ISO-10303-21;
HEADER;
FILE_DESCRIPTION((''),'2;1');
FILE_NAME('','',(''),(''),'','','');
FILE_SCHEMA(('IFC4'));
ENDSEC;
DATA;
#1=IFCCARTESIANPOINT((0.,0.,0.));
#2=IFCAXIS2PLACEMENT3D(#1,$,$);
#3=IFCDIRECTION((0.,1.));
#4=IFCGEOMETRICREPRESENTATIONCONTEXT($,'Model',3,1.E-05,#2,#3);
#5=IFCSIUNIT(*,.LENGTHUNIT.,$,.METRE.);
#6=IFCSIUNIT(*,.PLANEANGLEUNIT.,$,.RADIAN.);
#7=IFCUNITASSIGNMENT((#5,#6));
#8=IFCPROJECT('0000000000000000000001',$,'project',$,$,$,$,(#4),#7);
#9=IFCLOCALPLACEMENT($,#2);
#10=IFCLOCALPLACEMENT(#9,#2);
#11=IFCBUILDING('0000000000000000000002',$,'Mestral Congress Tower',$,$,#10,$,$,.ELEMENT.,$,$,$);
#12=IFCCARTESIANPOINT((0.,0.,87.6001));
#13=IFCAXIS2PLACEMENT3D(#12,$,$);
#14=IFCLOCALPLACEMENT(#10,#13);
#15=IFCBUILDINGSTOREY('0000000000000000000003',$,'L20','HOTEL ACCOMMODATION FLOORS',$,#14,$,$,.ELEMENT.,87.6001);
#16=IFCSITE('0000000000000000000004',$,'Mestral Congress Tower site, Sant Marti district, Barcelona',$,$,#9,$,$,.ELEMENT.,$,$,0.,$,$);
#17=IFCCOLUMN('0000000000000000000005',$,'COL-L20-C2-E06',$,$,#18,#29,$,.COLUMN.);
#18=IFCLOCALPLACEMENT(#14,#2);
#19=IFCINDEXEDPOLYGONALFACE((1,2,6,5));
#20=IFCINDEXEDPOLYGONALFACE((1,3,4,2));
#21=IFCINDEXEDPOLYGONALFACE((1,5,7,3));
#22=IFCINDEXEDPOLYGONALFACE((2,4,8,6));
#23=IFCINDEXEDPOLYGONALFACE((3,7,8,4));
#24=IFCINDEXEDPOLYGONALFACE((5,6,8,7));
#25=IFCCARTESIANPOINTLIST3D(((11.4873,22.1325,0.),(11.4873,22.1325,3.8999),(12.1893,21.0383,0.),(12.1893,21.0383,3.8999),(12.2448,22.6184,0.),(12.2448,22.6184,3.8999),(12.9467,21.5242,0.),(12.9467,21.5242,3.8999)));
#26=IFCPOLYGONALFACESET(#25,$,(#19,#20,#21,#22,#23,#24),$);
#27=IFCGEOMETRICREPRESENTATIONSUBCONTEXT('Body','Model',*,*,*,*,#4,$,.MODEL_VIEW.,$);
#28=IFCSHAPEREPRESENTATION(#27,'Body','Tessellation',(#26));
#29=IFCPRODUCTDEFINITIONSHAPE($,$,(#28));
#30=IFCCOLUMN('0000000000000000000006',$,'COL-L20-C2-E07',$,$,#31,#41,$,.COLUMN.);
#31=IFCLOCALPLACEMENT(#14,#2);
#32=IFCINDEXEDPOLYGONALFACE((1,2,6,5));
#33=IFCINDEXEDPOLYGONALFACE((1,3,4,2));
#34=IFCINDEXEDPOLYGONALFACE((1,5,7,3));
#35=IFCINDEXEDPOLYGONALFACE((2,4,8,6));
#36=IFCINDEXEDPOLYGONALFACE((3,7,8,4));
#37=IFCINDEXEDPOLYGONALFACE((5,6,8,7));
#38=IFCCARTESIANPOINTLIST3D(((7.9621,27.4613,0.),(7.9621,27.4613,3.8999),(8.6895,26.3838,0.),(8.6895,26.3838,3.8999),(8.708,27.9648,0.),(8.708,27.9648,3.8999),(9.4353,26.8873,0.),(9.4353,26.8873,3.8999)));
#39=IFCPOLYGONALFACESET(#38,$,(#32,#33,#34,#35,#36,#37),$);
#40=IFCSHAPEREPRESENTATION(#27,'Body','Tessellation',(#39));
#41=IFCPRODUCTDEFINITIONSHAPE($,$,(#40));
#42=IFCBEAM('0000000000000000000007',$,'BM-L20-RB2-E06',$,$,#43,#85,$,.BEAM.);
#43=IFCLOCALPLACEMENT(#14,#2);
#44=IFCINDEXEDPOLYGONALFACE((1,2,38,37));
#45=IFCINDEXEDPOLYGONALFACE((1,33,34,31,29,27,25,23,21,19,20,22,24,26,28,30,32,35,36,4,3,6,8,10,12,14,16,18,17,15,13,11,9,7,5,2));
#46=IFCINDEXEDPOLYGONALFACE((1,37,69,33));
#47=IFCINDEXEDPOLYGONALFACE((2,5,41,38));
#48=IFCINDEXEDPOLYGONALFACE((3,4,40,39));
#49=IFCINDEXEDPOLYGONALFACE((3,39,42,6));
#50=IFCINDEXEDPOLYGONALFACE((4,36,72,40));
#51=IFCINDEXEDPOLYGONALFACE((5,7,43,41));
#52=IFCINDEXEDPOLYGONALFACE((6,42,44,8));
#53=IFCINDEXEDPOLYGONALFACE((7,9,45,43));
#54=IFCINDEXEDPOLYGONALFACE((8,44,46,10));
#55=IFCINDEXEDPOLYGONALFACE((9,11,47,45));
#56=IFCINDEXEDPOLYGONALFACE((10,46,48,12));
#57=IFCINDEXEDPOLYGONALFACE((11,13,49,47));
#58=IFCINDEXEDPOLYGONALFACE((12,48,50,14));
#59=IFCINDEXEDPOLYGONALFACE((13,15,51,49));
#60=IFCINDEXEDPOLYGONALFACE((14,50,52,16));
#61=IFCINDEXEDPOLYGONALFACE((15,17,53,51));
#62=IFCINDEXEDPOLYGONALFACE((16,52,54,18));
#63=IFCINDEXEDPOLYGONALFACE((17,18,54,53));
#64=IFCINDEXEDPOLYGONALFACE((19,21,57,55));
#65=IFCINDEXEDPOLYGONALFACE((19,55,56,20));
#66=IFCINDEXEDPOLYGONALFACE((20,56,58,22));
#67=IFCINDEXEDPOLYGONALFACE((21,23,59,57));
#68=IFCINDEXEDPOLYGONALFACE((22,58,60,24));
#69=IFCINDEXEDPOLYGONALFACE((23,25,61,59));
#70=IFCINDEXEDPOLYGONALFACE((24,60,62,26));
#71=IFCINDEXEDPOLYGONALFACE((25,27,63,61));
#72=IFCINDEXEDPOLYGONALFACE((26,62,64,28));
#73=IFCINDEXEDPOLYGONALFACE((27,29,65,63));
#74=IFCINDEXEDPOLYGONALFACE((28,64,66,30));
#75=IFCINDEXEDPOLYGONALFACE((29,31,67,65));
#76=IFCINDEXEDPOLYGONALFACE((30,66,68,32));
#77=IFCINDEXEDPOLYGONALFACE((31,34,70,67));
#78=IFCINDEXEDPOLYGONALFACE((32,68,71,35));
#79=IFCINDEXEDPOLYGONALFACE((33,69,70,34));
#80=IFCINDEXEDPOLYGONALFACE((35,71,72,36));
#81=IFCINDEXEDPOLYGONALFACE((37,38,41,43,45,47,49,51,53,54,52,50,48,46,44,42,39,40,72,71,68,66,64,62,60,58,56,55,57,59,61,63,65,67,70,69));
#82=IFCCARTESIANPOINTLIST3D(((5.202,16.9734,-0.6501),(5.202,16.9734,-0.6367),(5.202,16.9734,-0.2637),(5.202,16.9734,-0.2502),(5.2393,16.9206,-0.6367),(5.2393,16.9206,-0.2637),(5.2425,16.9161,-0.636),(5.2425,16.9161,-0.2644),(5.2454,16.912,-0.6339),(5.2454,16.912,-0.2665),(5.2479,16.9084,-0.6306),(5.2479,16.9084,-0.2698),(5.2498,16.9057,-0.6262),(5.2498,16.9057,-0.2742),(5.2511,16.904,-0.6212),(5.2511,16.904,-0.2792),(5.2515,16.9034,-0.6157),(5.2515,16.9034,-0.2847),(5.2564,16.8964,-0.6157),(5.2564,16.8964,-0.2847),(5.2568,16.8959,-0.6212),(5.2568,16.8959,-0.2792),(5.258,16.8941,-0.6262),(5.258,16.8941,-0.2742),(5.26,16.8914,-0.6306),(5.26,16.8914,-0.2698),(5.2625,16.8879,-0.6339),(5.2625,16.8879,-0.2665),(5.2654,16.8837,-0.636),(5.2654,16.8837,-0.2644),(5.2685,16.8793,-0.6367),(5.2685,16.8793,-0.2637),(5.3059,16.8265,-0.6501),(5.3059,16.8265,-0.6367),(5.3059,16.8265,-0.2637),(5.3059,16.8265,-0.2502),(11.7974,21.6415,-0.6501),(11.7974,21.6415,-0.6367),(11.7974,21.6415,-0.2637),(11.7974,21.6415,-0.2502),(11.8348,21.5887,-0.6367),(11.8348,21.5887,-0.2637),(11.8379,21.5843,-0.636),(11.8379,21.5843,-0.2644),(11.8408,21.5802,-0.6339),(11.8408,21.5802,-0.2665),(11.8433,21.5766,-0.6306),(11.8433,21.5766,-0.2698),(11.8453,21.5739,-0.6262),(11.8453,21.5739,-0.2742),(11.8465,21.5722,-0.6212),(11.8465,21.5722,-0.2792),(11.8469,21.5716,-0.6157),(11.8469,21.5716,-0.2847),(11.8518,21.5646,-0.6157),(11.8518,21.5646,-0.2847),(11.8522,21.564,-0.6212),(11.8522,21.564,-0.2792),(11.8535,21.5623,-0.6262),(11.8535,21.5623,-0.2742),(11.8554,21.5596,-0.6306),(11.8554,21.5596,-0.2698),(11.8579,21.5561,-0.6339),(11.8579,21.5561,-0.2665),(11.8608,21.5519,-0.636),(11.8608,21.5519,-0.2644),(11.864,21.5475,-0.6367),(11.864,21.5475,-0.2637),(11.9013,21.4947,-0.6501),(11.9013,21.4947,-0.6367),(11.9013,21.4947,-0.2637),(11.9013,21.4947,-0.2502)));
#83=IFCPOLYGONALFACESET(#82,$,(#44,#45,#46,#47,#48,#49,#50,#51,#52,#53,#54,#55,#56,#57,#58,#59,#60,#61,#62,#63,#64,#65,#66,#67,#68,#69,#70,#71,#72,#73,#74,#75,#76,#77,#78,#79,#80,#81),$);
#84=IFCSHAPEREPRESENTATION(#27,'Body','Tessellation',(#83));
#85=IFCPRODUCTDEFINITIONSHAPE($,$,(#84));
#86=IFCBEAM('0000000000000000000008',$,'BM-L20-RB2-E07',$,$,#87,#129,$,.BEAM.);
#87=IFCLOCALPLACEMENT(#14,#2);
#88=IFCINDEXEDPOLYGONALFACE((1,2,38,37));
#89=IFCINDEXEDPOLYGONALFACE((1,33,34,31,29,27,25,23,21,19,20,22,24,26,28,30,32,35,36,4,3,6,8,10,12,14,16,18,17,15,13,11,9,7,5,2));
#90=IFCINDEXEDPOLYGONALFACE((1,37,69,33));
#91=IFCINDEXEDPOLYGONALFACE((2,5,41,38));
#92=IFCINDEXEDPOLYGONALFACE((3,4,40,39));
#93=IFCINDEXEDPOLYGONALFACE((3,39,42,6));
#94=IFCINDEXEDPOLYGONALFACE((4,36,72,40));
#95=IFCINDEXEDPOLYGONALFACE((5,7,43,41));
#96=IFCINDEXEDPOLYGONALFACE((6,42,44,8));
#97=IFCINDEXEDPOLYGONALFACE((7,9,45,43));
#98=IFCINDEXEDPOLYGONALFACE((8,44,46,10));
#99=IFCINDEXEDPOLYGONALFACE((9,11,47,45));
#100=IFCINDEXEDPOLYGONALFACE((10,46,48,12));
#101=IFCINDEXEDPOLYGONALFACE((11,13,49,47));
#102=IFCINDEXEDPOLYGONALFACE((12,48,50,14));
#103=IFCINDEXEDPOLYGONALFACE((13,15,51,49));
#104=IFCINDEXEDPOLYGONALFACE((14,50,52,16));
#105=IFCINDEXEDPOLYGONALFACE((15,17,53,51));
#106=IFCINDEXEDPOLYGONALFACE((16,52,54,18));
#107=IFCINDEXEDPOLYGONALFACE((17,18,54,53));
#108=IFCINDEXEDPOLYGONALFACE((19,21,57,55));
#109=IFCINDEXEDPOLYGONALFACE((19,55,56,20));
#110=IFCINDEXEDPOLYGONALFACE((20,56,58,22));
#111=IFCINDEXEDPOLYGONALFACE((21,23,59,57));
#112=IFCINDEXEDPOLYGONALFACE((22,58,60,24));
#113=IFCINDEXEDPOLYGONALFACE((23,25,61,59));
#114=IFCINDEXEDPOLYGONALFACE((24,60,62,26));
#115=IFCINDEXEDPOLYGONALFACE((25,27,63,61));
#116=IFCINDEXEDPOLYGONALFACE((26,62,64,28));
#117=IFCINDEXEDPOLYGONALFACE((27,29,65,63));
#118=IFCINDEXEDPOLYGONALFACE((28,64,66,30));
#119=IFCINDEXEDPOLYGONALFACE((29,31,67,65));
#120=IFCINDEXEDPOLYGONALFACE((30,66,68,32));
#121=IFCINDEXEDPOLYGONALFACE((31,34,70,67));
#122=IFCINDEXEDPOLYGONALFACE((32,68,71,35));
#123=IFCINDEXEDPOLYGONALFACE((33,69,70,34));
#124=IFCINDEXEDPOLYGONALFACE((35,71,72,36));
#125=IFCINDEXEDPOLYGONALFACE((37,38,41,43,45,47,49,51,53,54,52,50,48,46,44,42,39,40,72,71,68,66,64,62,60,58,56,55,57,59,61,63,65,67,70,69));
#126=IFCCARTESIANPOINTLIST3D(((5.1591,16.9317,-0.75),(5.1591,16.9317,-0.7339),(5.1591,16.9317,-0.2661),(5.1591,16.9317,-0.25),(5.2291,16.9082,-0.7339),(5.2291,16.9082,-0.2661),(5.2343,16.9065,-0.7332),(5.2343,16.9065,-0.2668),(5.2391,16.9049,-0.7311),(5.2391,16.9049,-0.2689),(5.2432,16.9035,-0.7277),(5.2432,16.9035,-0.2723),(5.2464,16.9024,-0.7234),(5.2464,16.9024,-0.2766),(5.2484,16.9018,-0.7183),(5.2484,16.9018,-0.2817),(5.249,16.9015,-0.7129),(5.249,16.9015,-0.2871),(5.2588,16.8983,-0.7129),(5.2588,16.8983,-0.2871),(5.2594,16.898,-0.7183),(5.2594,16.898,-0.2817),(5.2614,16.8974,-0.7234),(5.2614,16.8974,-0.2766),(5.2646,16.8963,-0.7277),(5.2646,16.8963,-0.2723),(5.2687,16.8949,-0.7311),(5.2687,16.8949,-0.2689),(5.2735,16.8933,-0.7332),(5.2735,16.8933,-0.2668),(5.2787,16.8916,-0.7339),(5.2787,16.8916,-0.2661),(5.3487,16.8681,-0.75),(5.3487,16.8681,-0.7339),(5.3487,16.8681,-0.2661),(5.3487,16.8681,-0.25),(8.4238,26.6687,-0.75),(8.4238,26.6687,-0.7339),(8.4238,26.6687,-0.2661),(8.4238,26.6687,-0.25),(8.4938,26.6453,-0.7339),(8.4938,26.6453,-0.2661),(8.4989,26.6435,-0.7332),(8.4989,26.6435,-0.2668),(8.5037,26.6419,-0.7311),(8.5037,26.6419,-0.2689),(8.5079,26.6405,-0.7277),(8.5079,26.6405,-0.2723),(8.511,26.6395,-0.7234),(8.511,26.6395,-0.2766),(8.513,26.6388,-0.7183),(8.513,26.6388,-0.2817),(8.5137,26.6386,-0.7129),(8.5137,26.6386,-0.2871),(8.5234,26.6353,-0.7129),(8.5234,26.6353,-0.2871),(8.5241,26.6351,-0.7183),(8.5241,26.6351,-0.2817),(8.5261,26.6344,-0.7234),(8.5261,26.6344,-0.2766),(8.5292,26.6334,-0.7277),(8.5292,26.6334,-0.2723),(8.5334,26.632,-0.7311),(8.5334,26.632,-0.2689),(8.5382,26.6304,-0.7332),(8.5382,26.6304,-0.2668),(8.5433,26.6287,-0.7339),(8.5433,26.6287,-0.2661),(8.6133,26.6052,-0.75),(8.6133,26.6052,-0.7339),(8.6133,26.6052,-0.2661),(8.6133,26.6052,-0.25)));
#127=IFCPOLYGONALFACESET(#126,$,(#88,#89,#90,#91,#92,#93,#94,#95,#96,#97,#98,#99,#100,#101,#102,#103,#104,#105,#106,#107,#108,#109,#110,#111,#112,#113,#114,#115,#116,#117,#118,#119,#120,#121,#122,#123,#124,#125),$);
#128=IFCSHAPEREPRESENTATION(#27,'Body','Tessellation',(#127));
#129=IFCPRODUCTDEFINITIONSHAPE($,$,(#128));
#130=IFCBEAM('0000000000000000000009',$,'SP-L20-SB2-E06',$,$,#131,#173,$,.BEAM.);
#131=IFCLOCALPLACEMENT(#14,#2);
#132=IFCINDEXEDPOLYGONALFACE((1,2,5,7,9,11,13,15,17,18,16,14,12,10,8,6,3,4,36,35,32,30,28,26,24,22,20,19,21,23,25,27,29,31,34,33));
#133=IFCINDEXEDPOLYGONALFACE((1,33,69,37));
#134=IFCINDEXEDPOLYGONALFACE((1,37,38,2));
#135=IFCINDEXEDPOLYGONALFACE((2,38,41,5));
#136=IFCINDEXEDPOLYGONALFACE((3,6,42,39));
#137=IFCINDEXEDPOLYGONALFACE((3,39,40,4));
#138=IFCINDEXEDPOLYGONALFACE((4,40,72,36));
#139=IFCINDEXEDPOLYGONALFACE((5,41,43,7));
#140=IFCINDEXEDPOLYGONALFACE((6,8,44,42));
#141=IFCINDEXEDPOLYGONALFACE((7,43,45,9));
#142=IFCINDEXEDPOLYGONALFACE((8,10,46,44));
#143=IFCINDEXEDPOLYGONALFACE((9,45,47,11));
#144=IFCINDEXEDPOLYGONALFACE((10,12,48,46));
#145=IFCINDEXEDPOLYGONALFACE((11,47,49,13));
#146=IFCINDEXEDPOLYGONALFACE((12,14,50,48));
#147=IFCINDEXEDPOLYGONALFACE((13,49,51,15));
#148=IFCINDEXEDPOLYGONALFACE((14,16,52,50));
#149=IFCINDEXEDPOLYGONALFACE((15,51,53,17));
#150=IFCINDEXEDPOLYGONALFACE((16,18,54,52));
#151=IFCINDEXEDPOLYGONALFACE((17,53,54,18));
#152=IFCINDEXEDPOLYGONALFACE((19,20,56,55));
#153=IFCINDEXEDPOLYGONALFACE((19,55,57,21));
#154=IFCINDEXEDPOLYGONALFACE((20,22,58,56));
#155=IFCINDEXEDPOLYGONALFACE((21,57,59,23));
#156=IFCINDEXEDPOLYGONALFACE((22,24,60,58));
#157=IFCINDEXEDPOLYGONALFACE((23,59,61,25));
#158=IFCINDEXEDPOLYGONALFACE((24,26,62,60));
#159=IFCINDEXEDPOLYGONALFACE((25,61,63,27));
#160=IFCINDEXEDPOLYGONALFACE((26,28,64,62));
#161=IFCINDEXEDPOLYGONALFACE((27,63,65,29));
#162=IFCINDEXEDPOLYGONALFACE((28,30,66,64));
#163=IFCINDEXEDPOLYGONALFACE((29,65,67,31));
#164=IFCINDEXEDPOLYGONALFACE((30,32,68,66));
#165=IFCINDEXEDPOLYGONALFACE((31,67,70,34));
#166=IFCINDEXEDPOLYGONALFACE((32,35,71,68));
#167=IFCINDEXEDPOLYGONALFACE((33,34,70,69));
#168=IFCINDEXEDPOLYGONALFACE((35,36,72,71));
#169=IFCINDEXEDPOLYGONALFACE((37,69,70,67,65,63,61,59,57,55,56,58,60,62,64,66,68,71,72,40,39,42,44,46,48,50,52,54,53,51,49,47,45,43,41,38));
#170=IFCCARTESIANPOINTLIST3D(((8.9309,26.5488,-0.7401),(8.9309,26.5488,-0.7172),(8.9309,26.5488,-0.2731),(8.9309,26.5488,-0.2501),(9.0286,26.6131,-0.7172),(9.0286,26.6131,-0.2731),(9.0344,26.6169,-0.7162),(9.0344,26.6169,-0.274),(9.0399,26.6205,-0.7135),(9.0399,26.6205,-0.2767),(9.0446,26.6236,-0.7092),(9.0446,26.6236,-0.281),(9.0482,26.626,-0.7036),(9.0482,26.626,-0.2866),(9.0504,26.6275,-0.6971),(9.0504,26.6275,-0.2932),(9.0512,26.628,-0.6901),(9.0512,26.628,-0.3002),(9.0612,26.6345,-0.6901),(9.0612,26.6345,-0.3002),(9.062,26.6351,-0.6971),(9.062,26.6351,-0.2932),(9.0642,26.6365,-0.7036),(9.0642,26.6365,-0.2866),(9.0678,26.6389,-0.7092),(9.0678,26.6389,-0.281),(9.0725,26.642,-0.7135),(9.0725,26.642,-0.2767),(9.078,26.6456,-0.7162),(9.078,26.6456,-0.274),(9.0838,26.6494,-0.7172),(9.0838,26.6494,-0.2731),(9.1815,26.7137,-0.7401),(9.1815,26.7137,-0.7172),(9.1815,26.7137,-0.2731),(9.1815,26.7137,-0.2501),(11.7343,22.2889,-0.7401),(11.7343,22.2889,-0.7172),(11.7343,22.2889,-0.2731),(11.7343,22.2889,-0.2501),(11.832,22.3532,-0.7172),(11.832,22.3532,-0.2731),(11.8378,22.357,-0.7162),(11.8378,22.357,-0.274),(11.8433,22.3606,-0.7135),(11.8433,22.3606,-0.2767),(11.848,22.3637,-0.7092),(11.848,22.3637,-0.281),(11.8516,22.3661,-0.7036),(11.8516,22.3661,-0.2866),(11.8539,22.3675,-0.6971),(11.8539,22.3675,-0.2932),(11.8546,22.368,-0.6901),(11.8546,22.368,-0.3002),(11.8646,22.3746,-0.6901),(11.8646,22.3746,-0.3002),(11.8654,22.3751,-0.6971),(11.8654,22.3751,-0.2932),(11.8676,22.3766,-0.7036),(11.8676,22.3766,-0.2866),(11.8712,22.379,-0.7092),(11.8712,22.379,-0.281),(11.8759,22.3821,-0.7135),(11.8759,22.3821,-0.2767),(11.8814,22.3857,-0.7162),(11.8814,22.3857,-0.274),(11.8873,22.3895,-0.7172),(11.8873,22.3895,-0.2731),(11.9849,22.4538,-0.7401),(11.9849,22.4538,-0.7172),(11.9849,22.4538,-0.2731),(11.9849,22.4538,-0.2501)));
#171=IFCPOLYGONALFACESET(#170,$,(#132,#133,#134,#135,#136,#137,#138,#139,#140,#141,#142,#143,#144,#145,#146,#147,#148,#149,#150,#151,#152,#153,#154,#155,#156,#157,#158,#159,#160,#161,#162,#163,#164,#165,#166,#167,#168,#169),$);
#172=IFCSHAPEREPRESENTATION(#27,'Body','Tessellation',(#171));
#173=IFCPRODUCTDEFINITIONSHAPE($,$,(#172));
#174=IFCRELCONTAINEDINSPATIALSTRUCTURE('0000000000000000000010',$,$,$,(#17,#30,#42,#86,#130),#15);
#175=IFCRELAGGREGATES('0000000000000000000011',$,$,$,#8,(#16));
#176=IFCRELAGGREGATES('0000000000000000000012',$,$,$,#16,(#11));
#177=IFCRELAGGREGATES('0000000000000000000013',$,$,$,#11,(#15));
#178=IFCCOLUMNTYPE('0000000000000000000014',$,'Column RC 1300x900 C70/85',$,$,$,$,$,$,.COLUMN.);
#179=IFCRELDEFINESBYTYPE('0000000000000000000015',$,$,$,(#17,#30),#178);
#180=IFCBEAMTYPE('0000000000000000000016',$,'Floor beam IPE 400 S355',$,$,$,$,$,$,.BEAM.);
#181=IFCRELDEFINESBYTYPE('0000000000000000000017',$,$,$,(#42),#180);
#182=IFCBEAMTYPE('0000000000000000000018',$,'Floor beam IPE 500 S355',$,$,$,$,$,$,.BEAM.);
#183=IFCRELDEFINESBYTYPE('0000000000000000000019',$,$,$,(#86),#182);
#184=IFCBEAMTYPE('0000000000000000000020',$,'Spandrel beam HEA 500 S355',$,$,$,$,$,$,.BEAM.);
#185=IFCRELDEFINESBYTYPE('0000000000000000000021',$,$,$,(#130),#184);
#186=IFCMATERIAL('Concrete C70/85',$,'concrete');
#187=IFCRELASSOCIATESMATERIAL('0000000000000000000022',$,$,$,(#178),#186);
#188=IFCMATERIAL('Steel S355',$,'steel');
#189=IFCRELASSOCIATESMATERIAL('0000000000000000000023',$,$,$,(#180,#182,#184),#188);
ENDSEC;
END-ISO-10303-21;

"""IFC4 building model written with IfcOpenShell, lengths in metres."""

from ifc_helpers import new_model, si_unit, direction, frame, origin, origin_2d, place, context, subcontext, project, spatial, rectangle, i_section, extrude, material, material_profile, profile_set, type_object, element, save


model = new_model("IFC4")

# Units and contexts
model_context = context("Model", 3, precision=1e-05, world=origin(), true_north=direction((0.0, 1.0)))
body_context = subcontext(model_context, "Body", "Model", "MODEL_VIEW")
ifc_project = project(units=[si_unit("LENGTHUNIT", "METRE"), si_unit("PLANEANGLEUNIT", "RADIAN")], contexts=[model_context])

# Site, building, storey
site_placement = place(None, origin())
site = spatial("IfcSite", under=ifc_project, at=site_placement, Name="Mestral Congress Tower site, Sant Marti district, Barcelona", CompositionType="ELEMENT", RefElevation=0.0)
building_placement = place(site_placement, origin())
building = spatial("IfcBuilding", under=site, at=building_placement, Name="Mestral Congress Tower", CompositionType="ELEMENT")
storey_placement = place(building_placement, frame((0.0, 0.0, 87.6001)))
storey = spatial("IfcBuildingStorey", under=building, at=storey_placement, Name="L20", Description="HOTEL ACCOMMODATION FLOORS", CompositionType="ELEMENT", Elevation=87.6001)

# Columns
ifc_material_1 = material(Name="Concrete C70/85", Category="concrete")
ifc_material_profile_1 = material_profile(ifc_material_1, rectangle(XDim=1.3, YDim=0.8999, at=origin_2d()), Name="RC 1300x900")
ifc_profile_set_1 = profile_set([ifc_material_profile_1], Name="Concrete C70/85")
column_type = type_object("IfcColumnType", Name="Column RC 1300x900 C70/85", PredefinedType="COLUMN", material=ifc_profile_set_1)
for number, where, z_axis, x_axis, name in (
    (1, (12.217, 21.8284, 0.0), (0.0, 0.0, 1.0), (-0.539945, 0.8417, 0.0), "COL-L20-C2-E06"),
    (2, (8.6987, 27.1743, 0.0), (0.0, 0.0, 1.0), (-0.559479, 0.828844, 0.0), "COL-L20-C2-E07"),
):
    element("IfcColumn", number, at=place(storey_placement, frame(where, z_axis=z_axis, x_axis=x_axis)), inside=storey, type_object=column_type, Name=name, PredefinedType="COLUMN", context=body_context, shape_type="SweptSolid", body=[
        extrude(rectangle(XDim=1.3, YDim=0.8999, at=origin_2d()), origin(), (0.0, 0.0, 1.0), 3.8999),
    ])

# Beams
ifc_material_2 = material(Name="Steel S355", Category="steel")
ifc_material_profile_2 = material_profile(ifc_material_2, i_section(OverallWidth=0.1799, OverallDepth=0.3999, WebThickness=0.0085, FlangeThickness=0.0134, FilletRadius=0.021, at=origin_2d()), Name="IPE 400")
ifc_profile_set_2 = profile_set([ifc_material_profile_2], Name="Steel S355")
beam_type_1 = type_object("IfcBeamType", Name="Floor beam IPE 400 S355", PredefinedType="BEAM", material=ifc_profile_set_2)
beam_1_placement = place(storey_placement, frame((11.8494, 21.5681, -0.4502), z_axis=(-0.816233, -0.577723, 0.0), x_axis=(0.577723, -0.816233, 0.0)))
element("IfcBeam", 3, at=beam_1_placement, inside=storey, type_object=beam_type_1, Name="BM-L20-RB2-E06", PredefinedType="BEAM", context=body_context, shape_type="SweptSolid", body=[
    extrude(i_section(OverallWidth=0.1799, OverallDepth=0.3999, WebThickness=0.0085, FlangeThickness=0.0134, FilletRadius=0.021, at=origin_2d()), origin(), (0.0, 0.0, 1.0), 8.0803),
])
ifc_material_profile_3 = material_profile(ifc_material_2, i_section(OverallWidth=0.2, OverallDepth=0.5, WebThickness=0.0103, FlangeThickness=0.0161, FilletRadius=0.021, at=origin_2d()), Name="IPE 500")
ifc_profile_set_3 = profile_set([ifc_material_profile_3], Name="Steel S355")
beam_type_2 = type_object("IfcBeamType", Name="Floor beam IPE 500 S355", PredefinedType="BEAM", material=ifc_profile_set_3)
beam_2_placement = place(storey_placement, frame((8.5186, 26.637, -0.5), z_axis=(-0.317889, -0.948128, 0.0), x_axis=(0.948128, -0.317889, 0.0)))
element("IfcBeam", 4, at=beam_2_placement, inside=storey, type_object=beam_type_2, Name="BM-L20-RB2-E07", PredefinedType="BEAM", context=body_context, shape_type="SweptSolid", body=[
    extrude(i_section(OverallWidth=0.2, OverallDepth=0.5, WebThickness=0.0103, FlangeThickness=0.0161, FilletRadius=0.021, at=origin_2d()), origin(), (0.0, 0.0, 1.0), 10.2698),
])
ifc_material_profile_4 = material_profile(ifc_material_2, i_section(OverallWidth=0.3, OverallDepth=0.49, WebThickness=0.012, FlangeThickness=0.0229, FilletRadius=0.0271, at=origin_2d()), Name="HEA 500")
ifc_profile_set_4 = profile_set([ifc_material_profile_4], Name="Steel S355")
beam_type_3 = type_object("IfcBeamType", Name="Spandrel beam HEA 500 S355", PredefinedType="BEAM", material=ifc_profile_set_4)
beam_3_placement = place(storey_placement, frame((11.8596, 22.3713, -0.4951), z_axis=(-0.54973, 0.835342, 0.0), x_axis=(-0.835342, -0.54973, 0.0)))
element("IfcBeam", 5, at=beam_3_placement, inside=storey, type_object=beam_type_3, Name="SP-L20-SB2-E06", PredefinedType="BEAM", context=body_context, shape_type="SweptSolid", body=[
    extrude(i_section(OverallWidth=0.3, OverallDepth=0.49, WebThickness=0.012, FlangeThickness=0.0229, FilletRadius=0.0271, at=origin_2d()), origin(), (0.0, 0.0, 1.0), 5.0996),
])

save(model, "model.ifc")
